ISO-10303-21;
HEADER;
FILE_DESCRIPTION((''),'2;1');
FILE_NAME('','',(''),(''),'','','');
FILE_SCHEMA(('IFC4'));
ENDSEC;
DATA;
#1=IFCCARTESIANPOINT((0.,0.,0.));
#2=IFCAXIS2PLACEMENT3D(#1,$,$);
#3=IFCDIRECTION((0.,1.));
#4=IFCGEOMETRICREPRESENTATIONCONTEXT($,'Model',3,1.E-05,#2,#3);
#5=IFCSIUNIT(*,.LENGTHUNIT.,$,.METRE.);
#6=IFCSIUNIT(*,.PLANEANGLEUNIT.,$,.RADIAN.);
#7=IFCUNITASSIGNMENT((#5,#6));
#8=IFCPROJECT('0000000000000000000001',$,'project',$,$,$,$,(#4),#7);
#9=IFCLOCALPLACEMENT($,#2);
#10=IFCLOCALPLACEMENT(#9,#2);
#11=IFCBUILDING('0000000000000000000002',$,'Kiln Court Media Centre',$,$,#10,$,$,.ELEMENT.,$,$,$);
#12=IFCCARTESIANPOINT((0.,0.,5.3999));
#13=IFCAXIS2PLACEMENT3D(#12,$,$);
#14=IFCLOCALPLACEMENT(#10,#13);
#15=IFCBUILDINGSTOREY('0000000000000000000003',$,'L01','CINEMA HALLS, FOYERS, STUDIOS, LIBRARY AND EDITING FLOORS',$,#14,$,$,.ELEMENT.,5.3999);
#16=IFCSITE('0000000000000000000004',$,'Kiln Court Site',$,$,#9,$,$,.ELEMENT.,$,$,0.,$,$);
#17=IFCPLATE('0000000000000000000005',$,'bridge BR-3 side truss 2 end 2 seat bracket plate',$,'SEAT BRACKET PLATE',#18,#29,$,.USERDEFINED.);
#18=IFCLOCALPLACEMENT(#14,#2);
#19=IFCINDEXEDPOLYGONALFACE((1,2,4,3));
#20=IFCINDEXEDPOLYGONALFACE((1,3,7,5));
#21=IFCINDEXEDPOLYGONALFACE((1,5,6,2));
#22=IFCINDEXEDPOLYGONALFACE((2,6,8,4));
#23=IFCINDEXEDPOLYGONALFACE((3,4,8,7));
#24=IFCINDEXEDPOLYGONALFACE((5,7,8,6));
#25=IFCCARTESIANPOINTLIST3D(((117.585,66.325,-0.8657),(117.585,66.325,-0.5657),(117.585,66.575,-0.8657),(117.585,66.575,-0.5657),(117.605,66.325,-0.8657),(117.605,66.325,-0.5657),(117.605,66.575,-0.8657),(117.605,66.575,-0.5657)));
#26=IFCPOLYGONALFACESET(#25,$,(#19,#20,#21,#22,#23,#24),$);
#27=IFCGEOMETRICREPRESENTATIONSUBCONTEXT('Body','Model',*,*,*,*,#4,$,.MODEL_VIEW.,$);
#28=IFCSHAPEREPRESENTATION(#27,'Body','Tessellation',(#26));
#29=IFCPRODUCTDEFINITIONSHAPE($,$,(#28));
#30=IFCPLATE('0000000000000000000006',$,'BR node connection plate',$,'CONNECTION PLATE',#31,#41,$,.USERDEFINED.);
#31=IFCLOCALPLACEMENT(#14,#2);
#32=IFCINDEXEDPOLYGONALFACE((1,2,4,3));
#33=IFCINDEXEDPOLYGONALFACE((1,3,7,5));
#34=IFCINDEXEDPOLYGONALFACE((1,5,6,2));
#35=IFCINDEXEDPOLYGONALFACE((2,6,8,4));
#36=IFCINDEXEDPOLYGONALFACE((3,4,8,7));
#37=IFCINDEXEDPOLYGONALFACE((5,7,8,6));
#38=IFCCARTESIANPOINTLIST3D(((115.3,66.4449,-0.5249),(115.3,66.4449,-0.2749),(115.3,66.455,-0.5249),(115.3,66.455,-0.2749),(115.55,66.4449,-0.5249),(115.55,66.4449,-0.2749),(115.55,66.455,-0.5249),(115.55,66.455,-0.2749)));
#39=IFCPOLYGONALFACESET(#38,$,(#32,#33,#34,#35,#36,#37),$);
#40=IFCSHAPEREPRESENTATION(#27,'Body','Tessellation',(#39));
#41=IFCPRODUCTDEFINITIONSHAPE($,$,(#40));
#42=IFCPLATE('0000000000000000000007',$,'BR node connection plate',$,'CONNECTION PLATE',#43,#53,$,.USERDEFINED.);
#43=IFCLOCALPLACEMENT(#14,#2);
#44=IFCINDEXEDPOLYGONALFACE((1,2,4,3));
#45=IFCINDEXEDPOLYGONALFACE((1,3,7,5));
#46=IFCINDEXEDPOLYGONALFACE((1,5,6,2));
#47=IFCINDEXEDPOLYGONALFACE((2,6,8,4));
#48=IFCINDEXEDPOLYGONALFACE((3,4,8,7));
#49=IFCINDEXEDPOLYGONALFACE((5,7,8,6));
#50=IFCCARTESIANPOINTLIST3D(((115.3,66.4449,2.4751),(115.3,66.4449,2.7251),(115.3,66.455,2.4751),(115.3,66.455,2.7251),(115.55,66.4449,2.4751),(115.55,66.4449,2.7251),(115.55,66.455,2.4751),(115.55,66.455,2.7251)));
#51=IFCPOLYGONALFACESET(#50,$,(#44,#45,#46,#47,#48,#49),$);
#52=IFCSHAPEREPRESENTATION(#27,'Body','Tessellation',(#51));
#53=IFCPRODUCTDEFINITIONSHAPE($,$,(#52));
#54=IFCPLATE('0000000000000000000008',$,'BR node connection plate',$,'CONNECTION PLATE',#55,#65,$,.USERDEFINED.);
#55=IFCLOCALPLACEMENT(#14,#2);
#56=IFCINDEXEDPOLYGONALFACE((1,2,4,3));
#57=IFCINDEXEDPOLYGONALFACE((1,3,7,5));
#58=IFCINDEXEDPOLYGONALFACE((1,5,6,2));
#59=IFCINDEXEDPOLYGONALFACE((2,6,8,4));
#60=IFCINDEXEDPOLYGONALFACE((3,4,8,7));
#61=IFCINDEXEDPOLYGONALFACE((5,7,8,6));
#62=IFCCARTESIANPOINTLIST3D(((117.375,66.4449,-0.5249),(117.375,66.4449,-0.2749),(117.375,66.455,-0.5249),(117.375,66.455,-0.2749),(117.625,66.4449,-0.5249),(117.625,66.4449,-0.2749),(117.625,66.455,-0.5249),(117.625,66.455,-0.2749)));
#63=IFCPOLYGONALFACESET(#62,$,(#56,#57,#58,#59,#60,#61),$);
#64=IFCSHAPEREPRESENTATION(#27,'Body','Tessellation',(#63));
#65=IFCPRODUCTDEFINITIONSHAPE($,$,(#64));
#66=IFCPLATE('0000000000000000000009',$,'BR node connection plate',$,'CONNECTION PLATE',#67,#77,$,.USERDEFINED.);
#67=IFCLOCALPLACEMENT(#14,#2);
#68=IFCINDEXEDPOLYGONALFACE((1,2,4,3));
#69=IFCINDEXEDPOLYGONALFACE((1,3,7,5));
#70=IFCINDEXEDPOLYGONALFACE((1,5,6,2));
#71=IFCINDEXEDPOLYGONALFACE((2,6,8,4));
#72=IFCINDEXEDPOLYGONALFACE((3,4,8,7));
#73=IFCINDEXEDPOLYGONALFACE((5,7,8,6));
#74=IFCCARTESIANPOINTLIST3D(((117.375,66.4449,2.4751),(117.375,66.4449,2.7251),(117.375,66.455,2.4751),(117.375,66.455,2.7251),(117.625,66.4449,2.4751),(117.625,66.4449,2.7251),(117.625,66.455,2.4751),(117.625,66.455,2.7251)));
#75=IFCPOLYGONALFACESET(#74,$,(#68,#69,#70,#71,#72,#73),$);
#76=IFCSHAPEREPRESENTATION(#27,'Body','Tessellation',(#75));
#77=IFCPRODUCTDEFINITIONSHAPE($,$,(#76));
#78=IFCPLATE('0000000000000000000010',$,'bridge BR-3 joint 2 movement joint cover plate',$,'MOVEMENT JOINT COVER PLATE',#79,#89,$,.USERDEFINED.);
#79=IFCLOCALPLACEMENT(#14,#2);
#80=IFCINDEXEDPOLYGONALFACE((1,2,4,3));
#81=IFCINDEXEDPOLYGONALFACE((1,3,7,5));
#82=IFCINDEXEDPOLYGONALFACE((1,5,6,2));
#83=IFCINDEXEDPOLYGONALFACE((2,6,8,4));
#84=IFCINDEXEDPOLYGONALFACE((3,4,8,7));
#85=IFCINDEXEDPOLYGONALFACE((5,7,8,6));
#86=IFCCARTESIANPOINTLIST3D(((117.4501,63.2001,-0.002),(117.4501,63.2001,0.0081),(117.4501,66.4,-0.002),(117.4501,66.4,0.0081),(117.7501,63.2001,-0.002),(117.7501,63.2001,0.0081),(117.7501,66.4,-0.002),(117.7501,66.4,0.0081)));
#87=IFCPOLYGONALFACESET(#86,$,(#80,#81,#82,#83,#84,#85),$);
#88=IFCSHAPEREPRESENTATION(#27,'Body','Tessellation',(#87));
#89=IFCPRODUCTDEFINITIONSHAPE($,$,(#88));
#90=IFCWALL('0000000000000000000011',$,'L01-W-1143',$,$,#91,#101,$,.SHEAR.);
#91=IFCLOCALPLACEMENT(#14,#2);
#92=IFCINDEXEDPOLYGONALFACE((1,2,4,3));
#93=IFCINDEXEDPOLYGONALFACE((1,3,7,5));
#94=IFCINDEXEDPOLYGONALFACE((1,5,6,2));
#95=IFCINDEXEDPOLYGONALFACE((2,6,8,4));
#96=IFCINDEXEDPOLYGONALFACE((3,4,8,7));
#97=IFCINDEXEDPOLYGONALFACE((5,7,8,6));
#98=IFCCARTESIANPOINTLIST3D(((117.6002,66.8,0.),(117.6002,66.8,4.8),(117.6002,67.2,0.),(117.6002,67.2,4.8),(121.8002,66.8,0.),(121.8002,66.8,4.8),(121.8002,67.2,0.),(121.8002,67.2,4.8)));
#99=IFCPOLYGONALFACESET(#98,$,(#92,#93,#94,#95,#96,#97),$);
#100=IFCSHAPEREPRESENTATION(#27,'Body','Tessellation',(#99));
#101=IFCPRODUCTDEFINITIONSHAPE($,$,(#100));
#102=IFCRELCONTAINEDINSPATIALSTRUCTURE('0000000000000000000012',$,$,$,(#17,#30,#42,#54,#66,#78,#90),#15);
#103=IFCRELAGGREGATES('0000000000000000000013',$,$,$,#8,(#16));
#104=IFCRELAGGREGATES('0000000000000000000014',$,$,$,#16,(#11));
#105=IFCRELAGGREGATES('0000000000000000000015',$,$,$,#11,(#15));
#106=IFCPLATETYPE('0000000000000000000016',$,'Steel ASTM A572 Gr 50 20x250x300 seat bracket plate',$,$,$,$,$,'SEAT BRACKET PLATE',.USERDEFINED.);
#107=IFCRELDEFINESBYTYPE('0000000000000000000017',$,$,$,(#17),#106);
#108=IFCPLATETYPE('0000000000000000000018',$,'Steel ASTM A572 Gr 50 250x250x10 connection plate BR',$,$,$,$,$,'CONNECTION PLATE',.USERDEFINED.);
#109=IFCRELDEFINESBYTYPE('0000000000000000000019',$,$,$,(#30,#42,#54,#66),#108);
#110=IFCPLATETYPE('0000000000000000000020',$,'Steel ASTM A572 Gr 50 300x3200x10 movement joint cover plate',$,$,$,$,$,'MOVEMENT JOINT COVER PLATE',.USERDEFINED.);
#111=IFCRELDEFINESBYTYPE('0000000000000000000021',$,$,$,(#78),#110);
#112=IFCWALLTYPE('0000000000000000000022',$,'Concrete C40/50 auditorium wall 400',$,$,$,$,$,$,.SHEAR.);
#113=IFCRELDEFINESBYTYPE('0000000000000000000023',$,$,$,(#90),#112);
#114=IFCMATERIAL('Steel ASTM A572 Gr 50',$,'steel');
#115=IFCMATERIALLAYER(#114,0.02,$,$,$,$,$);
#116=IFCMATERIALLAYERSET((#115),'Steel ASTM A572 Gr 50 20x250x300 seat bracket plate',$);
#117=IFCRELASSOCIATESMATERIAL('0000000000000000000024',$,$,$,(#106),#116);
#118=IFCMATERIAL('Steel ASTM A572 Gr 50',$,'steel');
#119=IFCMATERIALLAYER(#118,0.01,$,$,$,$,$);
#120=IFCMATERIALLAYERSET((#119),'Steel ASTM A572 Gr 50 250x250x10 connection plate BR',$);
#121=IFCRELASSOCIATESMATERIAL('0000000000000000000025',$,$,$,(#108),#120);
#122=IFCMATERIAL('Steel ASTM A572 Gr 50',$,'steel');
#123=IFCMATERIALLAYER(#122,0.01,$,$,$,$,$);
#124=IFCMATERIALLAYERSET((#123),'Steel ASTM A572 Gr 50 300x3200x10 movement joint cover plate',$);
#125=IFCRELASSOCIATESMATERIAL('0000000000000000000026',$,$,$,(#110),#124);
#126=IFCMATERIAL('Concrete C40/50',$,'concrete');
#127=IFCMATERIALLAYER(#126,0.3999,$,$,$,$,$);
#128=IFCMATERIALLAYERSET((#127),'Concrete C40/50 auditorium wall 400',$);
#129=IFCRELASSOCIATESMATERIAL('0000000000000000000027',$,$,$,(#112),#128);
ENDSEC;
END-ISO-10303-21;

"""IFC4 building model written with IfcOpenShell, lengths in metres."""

from ifc_helpers import new_model, si_unit, direction, frame, frame_2d, origin, origin_2d, place, context, subcontext, project, spatial, rectangle, extrude, material, layer, layer_set, type_object, element, save


model = new_model("IFC4")

# Units and contexts
model_context = context("Model", 3, precision=1e-05, world=origin(), true_north=direction((0.0, 1.0)))
body_context = subcontext(model_context, "Body", "Model", "MODEL_VIEW")
ifc_project = project(units=[si_unit("LENGTHUNIT", "METRE"), si_unit("PLANEANGLEUNIT", "RADIAN")], contexts=[model_context])

# Site, building, storey
site_placement = place(None, origin())
site = spatial("IfcSite", under=ifc_project, at=site_placement, Name="Kiln Court Site", CompositionType="ELEMENT", RefElevation=0.0)
building_placement = place(site_placement, origin())
building = spatial("IfcBuilding", under=site, at=building_placement, Name="Kiln Court Media Centre", CompositionType="ELEMENT")
storey_placement = place(building_placement, frame((0.0, 0.0, 5.3999)))
storey = spatial("IfcBuildingStorey", under=building, at=storey_placement, Name="L01", Description="CINEMA HALLS, FOYERS, STUDIOS, LIBRARY AND EDITING FLOORS", CompositionType="ELEMENT", Elevation=5.3999)

# Plates
ifc_material_1 = material(Name="Steel ASTM A572 Gr 50", Category="steel")
ifc_layer_1 = layer(ifc_material_1, 0.02)
ifc_layer_set_1 = layer_set([ifc_layer_1], Name="Steel ASTM A572 Gr 50 20x250x300 seat bracket plate")
plate_type_1 = type_object("IfcPlateType", Name="Steel ASTM A572 Gr 50 20x250x300 seat bracket plate", ElementType="SEAT BRACKET PLATE", PredefinedType="USERDEFINED", material=ifc_layer_set_1)
plate_1_placement = place(storey_placement, frame((117.595, 66.45, -0.8657), z_axis=(0.0, 0.0, 1.0), x_axis=(1.0, 0.0, 0.0)))
element("IfcPlate", 1, at=plate_1_placement, inside=storey, type_object=plate_type_1, Name="bridge BR-3 side truss 2 end 2 seat bracket plate", ObjectType="SEAT BRACKET PLATE", PredefinedType="USERDEFINED", context=body_context, shape_type="SweptSolid", body=[
    extrude(rectangle(XDim=0.02, YDim=0.25, at=origin_2d()), origin(), (0.0, 0.0, 1.0), 0.3),
])
ifc_material_2 = material(Name="Steel ASTM A572 Gr 50", Category="steel")
ifc_layer_2 = layer(ifc_material_2, 0.01)
ifc_layer_set_2 = layer_set([ifc_layer_2], Name="Steel ASTM A572 Gr 50 250x250x10 connection plate BR")
plate_type_2 = type_object("IfcPlateType", Name="Steel ASTM A572 Gr 50 250x250x10 connection plate BR", ElementType="CONNECTION PLATE", PredefinedType="USERDEFINED", material=ifc_layer_set_2)
for number, where, z_axis, x_axis, name in (
    (2, (115.425, 66.45, -0.5249), (0.0, 0.0, 1.0), (1.0, 0.0, 0.0), "BR node connection plate"),
    (3, (115.425, 66.45, 2.4751), (0.0, 0.0, 1.0), (1.0, 0.0, 0.0), "BR node connection plate"),
    (4, (117.5, 66.45, -0.5249), (0.0, 0.0, 1.0), (1.0, 0.0, 0.0), "BR node connection plate"),
    (5, (117.5, 66.45, 2.4751), (0.0, 0.0, 1.0), (1.0, 0.0, 0.0), "BR node connection plate"),
):
    element("IfcPlate", number, at=place(storey_placement, frame(where, z_axis=z_axis, x_axis=x_axis)), inside=storey, type_object=plate_type_2, Name=name, ObjectType="CONNECTION PLATE", PredefinedType="USERDEFINED", context=body_context, shape_type="SweptSolid", body=[
        extrude(rectangle(XDim=0.25, YDim=0.01, at=origin_2d()), origin(), (0.0, 0.0, 1.0), 0.25),
    ])
ifc_material_3 = material(Name="Steel ASTM A572 Gr 50", Category="steel")
ifc_layer_3 = layer(ifc_material_3, 0.01)
ifc_layer_set_3 = layer_set([ifc_layer_3], Name="Steel ASTM A572 Gr 50 300x3200x10 movement joint cover plate")
plate_type_3 = type_object("IfcPlateType", Name="Steel ASTM A572 Gr 50 300x3200x10 movement joint cover plate", ElementType="MOVEMENT JOINT COVER PLATE", PredefinedType="USERDEFINED", material=ifc_layer_set_3)
plate_2_placement = place(storey_placement, frame((117.6001, 64.8, -0.002), z_axis=(0.0, 0.0, 1.0), x_axis=(1.0, 0.0, 0.0)))
element("IfcPlate", 6, at=plate_2_placement, inside=storey, type_object=plate_type_3, Name="bridge BR-3 joint 2 movement joint cover plate", ObjectType="MOVEMENT JOINT COVER PLATE", PredefinedType="USERDEFINED", context=body_context, shape_type="SweptSolid", body=[
    extrude(rectangle(XDim=0.3, YDim=3.2, at=origin_2d()), origin(), (0.0, 0.0, 1.0), 0.01),
])

# Wall
ifc_material_4 = material(Name="Concrete C40/50", Category="concrete")
ifc_layer_4 = layer(ifc_material_4, 0.3999)
ifc_layer_set_4 = layer_set([ifc_layer_4], Name="Concrete C40/50 auditorium wall 400")
wall_type = type_object("IfcWallType", Name="Concrete C40/50 auditorium wall 400", PredefinedType="SHEAR", material=ifc_layer_set_4)
wall_placement = place(storey_placement, frame((117.6001, 67.0, 0.0), z_axis=(0.0, 0.0, 1.0), x_axis=(1.0, 0.0, 0.0)))
element("IfcWall", 7, at=wall_placement, inside=storey, type_object=wall_type, Name="L01-W-1143", PredefinedType="SHEAR", context=body_context, shape_type="SweptSolid", body=[
    extrude(rectangle(XDim=4.2, YDim=0.3999, at=frame_2d((2.1001, 0.0))), origin(), (0.0, 0.0, 1.0), 4.8),
])

save(model, "model.ifc")
